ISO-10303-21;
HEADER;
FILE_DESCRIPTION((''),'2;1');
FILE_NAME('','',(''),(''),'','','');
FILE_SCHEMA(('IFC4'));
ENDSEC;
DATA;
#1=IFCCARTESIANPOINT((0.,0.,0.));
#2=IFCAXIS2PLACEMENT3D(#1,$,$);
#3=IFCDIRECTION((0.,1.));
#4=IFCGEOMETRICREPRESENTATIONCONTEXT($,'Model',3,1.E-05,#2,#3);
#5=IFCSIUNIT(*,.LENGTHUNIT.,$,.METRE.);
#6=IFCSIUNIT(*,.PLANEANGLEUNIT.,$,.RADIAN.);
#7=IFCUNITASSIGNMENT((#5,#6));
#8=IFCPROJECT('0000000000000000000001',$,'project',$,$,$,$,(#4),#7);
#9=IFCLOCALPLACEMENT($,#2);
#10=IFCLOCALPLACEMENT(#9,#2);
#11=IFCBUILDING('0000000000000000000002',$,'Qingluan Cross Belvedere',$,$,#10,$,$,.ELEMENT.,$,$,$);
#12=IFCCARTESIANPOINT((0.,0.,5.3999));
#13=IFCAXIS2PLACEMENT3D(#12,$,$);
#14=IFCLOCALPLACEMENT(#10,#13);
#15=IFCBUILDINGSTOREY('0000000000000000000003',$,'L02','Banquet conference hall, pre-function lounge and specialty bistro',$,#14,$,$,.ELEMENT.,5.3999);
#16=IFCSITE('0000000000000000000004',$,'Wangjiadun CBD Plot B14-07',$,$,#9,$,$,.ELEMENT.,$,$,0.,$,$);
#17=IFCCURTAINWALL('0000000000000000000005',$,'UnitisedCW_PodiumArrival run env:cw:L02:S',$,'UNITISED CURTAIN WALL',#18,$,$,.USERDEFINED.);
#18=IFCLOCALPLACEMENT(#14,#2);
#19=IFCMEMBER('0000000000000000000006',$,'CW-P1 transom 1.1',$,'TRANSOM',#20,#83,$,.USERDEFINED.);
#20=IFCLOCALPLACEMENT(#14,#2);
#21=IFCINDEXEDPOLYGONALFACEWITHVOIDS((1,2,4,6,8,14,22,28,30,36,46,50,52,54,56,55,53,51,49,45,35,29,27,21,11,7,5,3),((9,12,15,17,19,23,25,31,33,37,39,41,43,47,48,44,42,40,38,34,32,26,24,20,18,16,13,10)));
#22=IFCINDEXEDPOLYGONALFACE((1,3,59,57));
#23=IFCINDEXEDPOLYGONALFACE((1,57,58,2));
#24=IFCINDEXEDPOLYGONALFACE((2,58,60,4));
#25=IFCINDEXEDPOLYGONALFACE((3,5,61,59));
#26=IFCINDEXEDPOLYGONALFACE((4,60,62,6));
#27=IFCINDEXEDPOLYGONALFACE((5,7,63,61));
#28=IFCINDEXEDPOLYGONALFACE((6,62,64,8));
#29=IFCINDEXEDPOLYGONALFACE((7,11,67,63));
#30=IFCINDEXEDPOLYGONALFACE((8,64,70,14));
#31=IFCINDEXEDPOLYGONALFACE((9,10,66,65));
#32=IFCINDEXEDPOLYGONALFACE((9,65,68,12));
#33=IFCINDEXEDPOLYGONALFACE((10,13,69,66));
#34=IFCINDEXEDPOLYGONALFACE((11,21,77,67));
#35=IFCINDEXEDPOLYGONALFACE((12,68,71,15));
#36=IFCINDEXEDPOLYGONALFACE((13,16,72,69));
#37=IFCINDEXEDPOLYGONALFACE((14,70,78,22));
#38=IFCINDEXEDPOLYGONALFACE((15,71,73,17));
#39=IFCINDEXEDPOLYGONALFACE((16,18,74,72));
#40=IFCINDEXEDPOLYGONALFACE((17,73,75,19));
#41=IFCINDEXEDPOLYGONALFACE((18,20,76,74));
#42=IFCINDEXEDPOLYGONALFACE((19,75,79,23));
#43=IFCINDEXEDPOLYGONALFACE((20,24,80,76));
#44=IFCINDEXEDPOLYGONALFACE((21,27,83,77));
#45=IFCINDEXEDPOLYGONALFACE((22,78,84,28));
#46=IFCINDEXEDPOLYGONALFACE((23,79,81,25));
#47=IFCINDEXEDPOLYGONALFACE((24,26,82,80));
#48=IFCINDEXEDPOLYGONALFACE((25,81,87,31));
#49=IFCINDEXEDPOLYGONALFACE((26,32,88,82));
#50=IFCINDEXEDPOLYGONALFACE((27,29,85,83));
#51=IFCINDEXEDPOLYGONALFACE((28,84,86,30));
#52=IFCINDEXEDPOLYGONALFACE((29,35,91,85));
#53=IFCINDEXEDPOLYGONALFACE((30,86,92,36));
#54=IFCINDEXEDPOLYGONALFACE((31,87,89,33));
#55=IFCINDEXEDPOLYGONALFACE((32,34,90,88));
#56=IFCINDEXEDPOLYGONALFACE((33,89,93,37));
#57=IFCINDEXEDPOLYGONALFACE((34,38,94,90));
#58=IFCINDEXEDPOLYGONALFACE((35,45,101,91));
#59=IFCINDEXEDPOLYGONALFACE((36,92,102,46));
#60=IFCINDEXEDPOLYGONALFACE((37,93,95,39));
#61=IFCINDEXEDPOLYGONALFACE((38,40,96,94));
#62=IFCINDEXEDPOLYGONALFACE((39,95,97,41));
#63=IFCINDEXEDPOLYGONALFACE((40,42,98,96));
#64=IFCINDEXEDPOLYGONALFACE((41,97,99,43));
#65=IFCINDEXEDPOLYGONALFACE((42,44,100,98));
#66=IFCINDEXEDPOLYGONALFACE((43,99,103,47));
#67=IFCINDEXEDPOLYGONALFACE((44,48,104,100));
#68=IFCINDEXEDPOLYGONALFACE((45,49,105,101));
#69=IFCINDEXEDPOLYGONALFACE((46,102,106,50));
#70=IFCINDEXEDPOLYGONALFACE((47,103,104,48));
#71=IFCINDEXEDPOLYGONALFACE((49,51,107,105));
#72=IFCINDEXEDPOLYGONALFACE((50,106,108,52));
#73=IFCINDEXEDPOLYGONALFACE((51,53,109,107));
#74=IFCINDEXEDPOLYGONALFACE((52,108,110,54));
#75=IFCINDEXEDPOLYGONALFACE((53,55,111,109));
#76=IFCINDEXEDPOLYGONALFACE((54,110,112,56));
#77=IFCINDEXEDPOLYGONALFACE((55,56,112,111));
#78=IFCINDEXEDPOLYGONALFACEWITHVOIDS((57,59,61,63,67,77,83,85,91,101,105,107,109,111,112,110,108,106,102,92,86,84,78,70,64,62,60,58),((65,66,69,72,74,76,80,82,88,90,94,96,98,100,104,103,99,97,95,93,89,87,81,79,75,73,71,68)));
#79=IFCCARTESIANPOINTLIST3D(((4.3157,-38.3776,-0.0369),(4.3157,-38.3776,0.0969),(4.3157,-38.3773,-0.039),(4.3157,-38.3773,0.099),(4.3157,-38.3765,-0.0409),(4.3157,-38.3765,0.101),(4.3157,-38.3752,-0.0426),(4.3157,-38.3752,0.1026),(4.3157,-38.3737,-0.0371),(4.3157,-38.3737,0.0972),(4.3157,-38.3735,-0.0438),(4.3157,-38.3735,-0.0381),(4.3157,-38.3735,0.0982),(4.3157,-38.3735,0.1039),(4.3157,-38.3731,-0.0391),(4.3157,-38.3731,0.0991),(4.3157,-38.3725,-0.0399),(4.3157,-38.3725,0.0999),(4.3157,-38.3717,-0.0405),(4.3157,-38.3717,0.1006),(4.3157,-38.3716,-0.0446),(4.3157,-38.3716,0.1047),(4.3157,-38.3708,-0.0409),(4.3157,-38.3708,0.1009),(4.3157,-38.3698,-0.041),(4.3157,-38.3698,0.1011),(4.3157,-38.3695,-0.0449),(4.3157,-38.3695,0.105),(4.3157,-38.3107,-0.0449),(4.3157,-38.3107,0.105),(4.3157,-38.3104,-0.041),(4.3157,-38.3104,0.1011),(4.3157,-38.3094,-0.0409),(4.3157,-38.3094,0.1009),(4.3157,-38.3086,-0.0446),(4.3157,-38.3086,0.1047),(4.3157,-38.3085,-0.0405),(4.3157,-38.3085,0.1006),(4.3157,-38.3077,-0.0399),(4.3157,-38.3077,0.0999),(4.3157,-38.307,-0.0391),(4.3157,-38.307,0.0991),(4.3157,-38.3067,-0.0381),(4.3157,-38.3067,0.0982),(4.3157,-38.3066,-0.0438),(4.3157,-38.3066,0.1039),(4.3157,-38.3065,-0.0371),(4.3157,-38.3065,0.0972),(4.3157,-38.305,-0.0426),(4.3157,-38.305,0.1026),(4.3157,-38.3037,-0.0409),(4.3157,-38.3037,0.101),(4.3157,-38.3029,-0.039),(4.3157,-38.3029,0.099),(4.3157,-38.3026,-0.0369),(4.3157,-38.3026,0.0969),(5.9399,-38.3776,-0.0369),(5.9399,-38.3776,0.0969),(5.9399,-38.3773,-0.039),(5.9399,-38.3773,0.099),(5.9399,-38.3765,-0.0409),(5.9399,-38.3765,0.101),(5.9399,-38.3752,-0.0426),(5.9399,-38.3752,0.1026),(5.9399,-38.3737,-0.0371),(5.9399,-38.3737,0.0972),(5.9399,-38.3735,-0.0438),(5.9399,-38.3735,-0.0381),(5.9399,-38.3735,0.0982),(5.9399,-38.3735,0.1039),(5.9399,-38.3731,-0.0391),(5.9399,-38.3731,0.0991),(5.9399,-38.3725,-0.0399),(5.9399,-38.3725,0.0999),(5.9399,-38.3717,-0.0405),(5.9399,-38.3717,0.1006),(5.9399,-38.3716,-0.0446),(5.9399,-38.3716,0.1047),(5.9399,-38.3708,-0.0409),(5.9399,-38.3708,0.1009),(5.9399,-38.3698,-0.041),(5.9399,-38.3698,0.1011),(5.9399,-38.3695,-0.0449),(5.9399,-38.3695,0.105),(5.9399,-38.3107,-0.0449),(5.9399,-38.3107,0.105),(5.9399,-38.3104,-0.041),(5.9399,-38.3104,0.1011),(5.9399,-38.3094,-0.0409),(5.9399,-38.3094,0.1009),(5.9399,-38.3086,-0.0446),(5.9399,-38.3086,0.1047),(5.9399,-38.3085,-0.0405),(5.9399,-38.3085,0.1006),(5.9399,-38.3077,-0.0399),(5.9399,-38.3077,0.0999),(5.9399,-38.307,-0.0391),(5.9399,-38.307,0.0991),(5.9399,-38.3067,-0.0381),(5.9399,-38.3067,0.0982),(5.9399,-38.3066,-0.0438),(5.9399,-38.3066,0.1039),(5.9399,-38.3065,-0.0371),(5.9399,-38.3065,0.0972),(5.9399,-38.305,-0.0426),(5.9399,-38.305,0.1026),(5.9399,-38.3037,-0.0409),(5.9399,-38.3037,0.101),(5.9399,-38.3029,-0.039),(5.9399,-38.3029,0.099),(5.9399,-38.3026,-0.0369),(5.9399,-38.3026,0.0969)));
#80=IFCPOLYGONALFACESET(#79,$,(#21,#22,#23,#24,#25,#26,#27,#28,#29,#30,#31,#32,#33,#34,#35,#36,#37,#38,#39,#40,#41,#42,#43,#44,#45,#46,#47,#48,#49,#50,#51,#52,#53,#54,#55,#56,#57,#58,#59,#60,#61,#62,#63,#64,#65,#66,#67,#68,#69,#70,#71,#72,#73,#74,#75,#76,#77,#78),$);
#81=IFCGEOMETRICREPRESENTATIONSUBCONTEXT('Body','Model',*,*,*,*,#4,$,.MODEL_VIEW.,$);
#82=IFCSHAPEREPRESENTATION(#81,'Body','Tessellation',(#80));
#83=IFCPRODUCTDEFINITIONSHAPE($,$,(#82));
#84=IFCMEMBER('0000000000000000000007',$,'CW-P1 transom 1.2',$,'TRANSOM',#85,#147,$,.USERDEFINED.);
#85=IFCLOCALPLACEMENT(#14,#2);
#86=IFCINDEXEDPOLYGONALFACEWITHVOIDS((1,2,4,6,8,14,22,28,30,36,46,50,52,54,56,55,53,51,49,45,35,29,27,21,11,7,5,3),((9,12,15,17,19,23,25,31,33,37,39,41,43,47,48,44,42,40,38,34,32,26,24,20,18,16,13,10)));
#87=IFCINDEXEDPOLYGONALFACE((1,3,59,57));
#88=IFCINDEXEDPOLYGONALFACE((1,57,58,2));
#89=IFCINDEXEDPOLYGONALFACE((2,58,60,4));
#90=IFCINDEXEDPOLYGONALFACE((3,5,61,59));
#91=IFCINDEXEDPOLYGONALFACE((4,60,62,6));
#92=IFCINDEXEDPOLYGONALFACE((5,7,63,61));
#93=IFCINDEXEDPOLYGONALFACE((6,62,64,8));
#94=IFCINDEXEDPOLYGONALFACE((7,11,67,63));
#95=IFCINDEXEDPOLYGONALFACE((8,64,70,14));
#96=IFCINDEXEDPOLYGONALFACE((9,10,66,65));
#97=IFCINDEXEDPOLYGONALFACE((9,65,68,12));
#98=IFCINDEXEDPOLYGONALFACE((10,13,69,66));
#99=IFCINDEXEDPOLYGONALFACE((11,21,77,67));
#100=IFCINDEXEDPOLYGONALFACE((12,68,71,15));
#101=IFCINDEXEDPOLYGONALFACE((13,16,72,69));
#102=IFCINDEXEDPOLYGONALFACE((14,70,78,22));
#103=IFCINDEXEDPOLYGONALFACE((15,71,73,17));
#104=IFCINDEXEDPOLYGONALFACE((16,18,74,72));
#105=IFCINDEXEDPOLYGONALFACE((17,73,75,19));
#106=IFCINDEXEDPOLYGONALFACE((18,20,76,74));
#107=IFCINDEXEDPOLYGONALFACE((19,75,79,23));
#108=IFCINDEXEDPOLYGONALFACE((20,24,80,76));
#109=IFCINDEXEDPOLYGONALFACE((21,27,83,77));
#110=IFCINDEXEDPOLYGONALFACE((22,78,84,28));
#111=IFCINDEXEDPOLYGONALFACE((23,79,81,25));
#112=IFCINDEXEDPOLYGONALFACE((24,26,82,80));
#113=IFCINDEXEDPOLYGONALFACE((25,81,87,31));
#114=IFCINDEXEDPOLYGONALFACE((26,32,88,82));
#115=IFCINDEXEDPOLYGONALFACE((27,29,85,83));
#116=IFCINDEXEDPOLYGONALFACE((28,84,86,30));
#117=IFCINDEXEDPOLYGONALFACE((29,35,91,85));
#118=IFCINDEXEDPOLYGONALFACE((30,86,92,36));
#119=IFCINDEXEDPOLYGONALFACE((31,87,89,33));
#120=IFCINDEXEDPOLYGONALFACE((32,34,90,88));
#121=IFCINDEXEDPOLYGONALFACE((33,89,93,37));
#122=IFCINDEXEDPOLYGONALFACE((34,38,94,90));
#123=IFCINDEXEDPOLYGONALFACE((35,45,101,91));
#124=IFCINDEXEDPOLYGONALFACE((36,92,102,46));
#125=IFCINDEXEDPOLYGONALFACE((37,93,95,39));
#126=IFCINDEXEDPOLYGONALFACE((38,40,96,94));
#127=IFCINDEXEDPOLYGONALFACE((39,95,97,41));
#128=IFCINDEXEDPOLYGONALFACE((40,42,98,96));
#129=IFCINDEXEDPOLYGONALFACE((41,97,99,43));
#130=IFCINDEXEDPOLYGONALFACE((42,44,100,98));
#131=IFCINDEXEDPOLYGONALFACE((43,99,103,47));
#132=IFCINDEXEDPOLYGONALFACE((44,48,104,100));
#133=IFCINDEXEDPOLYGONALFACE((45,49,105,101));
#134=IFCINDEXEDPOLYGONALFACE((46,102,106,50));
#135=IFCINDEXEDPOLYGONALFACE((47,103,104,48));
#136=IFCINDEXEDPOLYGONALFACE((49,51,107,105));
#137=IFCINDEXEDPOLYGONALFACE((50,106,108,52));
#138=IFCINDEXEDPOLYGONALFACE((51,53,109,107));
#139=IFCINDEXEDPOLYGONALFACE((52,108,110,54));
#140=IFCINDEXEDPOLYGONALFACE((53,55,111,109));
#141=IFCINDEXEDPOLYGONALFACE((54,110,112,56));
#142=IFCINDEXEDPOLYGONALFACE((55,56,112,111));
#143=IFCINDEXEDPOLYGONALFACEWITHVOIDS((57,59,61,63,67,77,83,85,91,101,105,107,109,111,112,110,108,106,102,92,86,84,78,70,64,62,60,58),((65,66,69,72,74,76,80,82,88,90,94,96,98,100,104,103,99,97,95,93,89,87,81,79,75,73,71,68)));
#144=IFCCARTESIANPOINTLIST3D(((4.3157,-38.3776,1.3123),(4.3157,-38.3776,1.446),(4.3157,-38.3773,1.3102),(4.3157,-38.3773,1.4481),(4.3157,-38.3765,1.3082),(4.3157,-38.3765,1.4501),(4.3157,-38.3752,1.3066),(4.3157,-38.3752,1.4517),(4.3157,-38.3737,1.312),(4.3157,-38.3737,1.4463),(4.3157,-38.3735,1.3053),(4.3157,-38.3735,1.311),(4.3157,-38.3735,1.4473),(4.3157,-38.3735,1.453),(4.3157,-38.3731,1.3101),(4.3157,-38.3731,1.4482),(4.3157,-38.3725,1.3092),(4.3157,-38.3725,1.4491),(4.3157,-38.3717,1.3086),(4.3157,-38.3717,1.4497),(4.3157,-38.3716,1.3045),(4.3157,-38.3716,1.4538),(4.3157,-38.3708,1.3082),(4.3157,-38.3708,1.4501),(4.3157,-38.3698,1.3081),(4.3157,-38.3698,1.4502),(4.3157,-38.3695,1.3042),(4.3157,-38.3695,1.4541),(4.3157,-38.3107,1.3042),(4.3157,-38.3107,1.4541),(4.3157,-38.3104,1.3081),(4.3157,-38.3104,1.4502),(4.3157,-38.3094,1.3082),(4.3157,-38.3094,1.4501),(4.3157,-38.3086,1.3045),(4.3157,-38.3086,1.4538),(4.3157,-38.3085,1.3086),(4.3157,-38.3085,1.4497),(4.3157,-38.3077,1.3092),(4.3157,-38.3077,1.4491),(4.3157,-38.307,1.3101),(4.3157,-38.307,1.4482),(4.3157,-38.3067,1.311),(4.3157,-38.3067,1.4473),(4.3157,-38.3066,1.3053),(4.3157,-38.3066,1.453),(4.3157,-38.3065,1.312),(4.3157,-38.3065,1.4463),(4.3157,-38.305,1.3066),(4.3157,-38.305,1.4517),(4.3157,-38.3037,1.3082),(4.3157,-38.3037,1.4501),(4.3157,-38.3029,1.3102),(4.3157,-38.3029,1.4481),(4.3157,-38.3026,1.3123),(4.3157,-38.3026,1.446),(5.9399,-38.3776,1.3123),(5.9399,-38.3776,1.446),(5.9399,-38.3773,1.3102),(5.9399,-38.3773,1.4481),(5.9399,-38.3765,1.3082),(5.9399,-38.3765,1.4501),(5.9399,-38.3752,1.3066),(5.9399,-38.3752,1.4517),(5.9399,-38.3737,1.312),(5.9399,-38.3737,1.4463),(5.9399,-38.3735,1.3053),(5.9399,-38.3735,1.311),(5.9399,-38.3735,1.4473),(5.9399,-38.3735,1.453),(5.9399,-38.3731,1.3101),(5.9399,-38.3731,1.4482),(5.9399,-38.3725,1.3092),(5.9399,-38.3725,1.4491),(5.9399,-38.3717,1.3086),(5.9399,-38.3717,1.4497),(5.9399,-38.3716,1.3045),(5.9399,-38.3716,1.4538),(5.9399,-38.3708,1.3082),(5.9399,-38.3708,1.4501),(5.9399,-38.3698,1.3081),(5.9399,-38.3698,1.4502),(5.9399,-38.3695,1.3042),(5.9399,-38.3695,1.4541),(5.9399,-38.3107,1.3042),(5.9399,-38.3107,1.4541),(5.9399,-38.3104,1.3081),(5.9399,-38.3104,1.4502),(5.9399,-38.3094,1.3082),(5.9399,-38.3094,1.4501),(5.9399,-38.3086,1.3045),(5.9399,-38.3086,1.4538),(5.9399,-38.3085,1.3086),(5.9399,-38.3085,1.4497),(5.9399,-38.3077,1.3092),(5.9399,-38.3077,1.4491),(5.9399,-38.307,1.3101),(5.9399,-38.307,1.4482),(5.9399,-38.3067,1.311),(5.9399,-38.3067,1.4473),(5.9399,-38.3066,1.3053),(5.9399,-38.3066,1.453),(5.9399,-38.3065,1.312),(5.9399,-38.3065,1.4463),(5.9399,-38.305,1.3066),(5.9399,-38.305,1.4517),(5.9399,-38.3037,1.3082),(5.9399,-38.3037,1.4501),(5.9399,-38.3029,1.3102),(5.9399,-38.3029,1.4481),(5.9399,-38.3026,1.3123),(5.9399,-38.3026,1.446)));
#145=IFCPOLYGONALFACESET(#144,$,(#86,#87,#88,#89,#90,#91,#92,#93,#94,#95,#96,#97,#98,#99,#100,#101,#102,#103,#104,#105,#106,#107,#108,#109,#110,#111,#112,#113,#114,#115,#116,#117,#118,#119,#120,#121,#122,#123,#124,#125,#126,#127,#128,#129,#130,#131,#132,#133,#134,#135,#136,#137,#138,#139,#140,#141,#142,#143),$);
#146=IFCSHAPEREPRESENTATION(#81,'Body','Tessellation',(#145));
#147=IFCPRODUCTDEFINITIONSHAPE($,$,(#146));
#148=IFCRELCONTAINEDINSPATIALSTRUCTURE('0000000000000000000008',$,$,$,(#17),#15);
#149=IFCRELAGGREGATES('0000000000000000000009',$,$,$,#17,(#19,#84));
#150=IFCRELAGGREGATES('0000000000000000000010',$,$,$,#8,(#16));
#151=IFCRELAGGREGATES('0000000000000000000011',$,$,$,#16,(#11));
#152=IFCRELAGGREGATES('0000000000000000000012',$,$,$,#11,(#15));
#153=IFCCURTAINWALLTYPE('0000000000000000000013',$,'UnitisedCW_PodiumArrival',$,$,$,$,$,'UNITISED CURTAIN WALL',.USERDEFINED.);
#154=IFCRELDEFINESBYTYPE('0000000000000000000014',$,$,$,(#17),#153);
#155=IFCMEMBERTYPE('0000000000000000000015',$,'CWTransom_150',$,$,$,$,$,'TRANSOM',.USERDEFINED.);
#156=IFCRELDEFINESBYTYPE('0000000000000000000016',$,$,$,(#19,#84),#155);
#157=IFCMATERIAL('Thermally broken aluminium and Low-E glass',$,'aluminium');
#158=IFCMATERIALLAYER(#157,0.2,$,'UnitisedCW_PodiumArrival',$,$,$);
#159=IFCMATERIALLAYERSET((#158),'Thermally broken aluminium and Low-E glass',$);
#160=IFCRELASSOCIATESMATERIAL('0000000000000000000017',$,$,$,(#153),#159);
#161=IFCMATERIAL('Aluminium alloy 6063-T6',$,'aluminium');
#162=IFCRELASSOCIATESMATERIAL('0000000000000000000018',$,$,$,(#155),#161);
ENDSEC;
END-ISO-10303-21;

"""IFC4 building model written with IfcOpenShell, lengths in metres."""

from ifc_helpers import new_model, si_unit, direction, frame, origin, origin_2d, place, context, subcontext, project, spatial, hollow_rectangle, extrude, material, layer, layer_set, material_profile, profile_set, type_object, element, aggregate, save


model = new_model("IFC4")

# Units and contexts
model_context = context("Model", 3, precision=1e-05, world=origin(), true_north=direction((0.0, 1.0)))
body_context = subcontext(model_context, "Body", "Model", "MODEL_VIEW")
ifc_project = project(units=[si_unit("LENGTHUNIT", "METRE"), si_unit("PLANEANGLEUNIT", "RADIAN")], contexts=[model_context])

# Site, building, storey
site_placement = place(None, origin())
site = spatial("IfcSite", under=ifc_project, at=site_placement, Name="Wangjiadun CBD Plot B14-07", CompositionType="ELEMENT", RefElevation=0.0)
building_placement = place(site_placement, origin())
building = spatial("IfcBuilding", under=site, at=building_placement, Name="Qingluan Cross Belvedere", CompositionType="ELEMENT")
storey_placement = place(building_placement, frame((0.0, 0.0, 5.3999)))
storey = spatial("IfcBuildingStorey", under=building, at=storey_placement, Name="L02", Description="Banquet conference hall, pre-function lounge and specialty bistro", CompositionType="ELEMENT", Elevation=5.3999)

# Curtain wall, members
ifc_material_1 = material(Name="Thermally broken aluminium and Low-E glass", Category="aluminium")
ifc_layer_1 = layer(ifc_material_1, 0.2, Name="UnitisedCW_PodiumArrival")
ifc_layer_set_1 = layer_set([ifc_layer_1], Name="Thermally broken aluminium and Low-E glass")
curtain_wall_type = type_object("IfcCurtainWallType", Name="UnitisedCW_PodiumArrival", ElementType="UNITISED CURTAIN WALL", PredefinedType="USERDEFINED", material=ifc_layer_set_1)
curtain_wall_placement = place(storey_placement, origin())
curtain_wall = element("IfcCurtainWall", 1, at=curtain_wall_placement, inside=storey, type_object=curtain_wall_type, Name="UnitisedCW_PodiumArrival run env:cw:L02:S", ObjectType="UNITISED CURTAIN WALL", PredefinedType="USERDEFINED")
ifc_material_2 = material(Name="Aluminium alloy 6063-T6", Category="aluminium")
ifc_material_profile_1 = material_profile(ifc_material_2, hollow_rectangle(XDim=0.075, YDim=0.1499, WallThickness=0.0039, InnerFilletRadius=0.0039, OuterFilletRadius=0.0081, at=origin_2d()), Name="CWT150x75x4")
ifc_profile_set_1 = profile_set([ifc_material_profile_1], Name="Aluminium alloy 6063-T6")
member_type_1 = type_object("IfcMemberType", Name="CWTransom_150", ElementType="TRANSOM", PredefinedType="USERDEFINED", material=ifc_profile_set_1)
member_1_placement = place(storey_placement, frame((5.9399, -38.3401, 0.03), z_axis=(-1.0, 0.0, 0.0), x_axis=(0.0, -1.0, 0.0)))
member_1 = element("IfcMember", 2, at=member_1_placement, type_object=member_type_1, Name="CW-P1 transom 1.1", ObjectType="TRANSOM", PredefinedType="USERDEFINED", context=body_context, shape_type="SweptSolid", body=[
    extrude(hollow_rectangle(XDim=0.075, YDim=0.1499, WallThickness=0.0039, InnerFilletRadius=0.0039, OuterFilletRadius=0.0081, at=origin_2d()), origin(), (0.0, 0.0, 1.0), 1.6243),
])
member_2_placement = place(storey_placement, frame((5.9399, -38.3401, 1.3792), z_axis=(-1.0, 0.0, 0.0), x_axis=(0.0, -1.0, 0.0)))
member_2 = element("IfcMember", 3, at=member_2_placement, type_object=member_type_1, Name="CW-P1 transom 1.2", ObjectType="TRANSOM", PredefinedType="USERDEFINED", context=body_context, shape_type="SweptSolid", body=[
    extrude(hollow_rectangle(XDim=0.075, YDim=0.1499, WallThickness=0.0039, InnerFilletRadius=0.0039, OuterFilletRadius=0.0081, at=origin_2d()), origin(), (0.0, 0.0, 1.0), 1.6243),
])
aggregate(curtain_wall, [member_1, member_2])

save(model, "model.ifc")
